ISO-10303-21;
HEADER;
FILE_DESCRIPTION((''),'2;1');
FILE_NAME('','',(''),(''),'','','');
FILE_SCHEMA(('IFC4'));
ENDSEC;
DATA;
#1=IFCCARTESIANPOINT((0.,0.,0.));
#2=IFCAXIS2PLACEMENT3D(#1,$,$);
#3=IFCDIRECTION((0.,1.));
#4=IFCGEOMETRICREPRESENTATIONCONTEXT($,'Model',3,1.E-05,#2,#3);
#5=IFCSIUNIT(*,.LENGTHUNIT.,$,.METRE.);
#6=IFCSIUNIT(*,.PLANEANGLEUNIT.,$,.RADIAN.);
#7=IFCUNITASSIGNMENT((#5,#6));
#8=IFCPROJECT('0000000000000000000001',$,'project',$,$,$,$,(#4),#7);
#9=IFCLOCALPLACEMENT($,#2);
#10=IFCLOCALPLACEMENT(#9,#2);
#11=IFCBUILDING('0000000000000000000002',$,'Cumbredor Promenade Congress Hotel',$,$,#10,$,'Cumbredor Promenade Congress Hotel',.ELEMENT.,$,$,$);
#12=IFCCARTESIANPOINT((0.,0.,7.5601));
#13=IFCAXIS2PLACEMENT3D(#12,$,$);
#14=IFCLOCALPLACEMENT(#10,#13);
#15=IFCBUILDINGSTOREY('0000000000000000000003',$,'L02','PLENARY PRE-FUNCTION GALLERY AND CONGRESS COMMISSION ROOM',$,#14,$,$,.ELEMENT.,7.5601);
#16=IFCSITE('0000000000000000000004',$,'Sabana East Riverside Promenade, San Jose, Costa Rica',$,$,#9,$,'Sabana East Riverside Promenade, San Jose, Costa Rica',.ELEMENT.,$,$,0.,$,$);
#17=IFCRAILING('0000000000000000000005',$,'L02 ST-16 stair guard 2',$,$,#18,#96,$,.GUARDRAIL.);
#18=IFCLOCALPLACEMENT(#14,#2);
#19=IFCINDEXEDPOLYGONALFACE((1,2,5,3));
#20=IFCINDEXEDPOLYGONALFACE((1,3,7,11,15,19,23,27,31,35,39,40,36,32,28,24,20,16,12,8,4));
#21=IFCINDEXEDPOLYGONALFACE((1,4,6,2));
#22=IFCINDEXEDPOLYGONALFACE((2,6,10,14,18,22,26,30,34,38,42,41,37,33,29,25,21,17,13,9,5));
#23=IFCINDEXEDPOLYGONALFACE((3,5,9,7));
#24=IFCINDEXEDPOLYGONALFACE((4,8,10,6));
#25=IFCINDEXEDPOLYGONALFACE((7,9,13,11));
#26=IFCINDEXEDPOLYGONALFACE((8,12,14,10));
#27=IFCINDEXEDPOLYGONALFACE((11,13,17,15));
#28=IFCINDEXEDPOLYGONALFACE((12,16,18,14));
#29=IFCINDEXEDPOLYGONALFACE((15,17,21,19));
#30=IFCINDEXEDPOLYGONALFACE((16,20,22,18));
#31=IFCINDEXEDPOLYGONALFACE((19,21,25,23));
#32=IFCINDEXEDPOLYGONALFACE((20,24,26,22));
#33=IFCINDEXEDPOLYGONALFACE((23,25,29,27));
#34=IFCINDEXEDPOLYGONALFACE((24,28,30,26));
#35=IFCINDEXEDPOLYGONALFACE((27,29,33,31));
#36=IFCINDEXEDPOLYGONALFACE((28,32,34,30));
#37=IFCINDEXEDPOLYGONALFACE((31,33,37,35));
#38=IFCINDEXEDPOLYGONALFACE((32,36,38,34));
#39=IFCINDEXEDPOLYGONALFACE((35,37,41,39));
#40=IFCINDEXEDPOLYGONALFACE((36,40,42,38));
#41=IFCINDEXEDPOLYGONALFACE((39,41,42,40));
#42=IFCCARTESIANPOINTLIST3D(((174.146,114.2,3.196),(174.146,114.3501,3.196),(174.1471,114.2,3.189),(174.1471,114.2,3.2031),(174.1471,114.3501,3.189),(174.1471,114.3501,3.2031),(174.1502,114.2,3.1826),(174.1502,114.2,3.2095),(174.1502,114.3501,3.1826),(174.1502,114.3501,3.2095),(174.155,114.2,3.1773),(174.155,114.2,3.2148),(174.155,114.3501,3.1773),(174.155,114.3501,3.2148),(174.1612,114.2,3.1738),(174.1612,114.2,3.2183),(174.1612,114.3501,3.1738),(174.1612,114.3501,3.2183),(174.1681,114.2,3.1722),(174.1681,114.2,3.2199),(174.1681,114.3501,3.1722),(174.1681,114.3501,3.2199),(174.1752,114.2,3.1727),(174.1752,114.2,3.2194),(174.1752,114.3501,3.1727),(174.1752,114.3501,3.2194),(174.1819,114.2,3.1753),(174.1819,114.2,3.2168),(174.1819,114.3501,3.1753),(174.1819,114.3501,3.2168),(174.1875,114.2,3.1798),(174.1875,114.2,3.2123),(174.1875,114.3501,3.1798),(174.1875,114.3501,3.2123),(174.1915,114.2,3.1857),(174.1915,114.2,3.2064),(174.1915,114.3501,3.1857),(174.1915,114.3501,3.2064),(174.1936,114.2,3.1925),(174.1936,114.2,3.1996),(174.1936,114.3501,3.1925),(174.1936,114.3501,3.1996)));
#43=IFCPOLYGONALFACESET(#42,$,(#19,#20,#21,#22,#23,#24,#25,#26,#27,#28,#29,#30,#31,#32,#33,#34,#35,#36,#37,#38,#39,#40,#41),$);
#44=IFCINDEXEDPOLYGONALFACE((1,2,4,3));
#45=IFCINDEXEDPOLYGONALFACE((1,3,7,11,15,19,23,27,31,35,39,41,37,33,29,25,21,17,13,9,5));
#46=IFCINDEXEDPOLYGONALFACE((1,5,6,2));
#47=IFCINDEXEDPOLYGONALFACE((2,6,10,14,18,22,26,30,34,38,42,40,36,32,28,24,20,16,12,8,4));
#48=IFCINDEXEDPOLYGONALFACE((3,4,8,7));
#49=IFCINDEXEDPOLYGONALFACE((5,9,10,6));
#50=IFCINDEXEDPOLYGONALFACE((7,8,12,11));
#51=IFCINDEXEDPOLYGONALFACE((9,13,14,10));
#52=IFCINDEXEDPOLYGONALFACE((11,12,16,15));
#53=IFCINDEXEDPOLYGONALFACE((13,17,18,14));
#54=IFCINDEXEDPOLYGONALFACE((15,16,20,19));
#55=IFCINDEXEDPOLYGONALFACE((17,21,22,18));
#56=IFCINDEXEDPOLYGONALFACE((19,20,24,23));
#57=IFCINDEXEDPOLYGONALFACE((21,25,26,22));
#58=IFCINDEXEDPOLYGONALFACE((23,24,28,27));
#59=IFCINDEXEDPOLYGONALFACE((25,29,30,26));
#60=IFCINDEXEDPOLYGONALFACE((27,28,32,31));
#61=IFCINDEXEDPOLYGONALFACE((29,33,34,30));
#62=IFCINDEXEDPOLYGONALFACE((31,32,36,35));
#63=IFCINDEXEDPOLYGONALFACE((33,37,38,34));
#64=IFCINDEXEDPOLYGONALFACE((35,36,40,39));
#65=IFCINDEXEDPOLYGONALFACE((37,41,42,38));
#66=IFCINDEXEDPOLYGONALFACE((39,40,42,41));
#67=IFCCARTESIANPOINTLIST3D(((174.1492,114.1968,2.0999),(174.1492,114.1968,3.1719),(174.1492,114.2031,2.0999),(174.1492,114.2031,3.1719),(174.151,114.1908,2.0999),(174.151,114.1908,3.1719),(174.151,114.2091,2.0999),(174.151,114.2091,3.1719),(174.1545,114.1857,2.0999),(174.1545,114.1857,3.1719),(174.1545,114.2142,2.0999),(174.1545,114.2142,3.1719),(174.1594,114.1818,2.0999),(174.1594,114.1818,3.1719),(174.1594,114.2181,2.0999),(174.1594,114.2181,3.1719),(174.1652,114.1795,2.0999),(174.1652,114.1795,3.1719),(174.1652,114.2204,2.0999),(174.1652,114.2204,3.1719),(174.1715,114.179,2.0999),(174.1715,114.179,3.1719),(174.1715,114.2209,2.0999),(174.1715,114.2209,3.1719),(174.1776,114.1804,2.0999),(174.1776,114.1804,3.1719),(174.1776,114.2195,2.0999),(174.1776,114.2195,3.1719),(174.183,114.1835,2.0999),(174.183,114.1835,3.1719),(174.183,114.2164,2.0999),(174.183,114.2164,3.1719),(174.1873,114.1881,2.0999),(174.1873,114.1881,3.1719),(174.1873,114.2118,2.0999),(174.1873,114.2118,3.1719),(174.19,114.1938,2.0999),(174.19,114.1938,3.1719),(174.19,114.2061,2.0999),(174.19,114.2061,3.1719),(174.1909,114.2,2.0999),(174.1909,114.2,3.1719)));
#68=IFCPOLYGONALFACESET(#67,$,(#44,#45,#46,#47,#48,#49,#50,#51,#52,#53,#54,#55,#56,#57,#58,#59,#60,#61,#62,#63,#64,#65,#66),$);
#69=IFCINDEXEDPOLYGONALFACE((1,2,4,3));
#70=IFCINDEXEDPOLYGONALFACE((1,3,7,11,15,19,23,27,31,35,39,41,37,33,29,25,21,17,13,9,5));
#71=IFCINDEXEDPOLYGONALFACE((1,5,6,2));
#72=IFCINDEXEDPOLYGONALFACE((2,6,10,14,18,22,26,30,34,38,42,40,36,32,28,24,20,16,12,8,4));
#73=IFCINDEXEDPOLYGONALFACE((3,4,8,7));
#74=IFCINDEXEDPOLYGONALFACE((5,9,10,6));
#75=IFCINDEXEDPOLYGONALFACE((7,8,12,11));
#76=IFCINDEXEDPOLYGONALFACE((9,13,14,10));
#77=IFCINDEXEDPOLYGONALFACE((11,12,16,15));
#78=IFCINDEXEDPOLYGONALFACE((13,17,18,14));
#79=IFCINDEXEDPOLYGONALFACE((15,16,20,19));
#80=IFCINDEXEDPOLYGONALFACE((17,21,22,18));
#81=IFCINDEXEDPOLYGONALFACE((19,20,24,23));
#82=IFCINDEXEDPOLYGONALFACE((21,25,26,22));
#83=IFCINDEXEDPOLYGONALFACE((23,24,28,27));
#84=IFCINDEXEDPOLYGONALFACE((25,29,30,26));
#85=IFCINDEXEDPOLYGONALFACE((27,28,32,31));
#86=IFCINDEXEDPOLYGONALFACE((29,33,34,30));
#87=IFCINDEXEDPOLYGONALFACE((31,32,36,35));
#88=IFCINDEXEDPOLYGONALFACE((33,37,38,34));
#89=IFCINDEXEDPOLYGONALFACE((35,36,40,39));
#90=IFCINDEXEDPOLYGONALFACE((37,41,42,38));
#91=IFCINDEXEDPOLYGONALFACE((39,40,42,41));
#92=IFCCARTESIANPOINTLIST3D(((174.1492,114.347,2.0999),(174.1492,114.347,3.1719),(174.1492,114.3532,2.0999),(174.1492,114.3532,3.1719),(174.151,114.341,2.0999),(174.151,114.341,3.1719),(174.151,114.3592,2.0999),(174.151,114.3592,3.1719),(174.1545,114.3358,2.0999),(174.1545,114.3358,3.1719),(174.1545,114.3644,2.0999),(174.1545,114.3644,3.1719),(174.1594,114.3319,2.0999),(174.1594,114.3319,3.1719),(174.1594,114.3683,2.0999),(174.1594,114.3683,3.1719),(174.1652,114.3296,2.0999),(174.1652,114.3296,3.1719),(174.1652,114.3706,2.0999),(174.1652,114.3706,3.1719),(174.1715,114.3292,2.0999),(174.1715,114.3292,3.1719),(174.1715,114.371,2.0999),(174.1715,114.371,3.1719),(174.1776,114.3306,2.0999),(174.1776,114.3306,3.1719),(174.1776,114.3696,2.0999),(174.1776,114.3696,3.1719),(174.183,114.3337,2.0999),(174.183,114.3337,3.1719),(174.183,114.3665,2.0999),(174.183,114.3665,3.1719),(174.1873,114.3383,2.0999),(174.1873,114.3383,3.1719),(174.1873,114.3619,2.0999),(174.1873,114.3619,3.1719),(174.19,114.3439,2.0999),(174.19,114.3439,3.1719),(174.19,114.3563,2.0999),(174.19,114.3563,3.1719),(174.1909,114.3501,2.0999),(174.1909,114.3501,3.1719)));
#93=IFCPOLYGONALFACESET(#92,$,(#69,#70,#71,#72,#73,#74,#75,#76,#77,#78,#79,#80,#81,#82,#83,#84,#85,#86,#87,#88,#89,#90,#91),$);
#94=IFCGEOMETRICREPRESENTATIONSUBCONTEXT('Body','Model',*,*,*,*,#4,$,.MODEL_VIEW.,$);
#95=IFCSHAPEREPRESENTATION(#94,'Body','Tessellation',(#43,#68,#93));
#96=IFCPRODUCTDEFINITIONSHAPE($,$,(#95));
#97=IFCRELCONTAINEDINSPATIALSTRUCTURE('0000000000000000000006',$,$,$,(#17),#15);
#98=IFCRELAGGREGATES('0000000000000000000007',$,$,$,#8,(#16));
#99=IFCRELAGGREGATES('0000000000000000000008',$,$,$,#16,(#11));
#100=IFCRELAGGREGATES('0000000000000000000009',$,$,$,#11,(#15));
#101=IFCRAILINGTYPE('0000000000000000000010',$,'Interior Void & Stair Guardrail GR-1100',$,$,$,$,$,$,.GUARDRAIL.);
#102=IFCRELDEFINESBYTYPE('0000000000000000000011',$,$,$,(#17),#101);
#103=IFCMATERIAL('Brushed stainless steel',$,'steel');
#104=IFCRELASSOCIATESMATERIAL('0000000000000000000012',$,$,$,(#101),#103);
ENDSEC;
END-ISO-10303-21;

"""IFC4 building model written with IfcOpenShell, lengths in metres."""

from ifc_helpers import new_model, si_unit, direction, frame, origin, origin_2d, place, context, subcontext, project, spatial, circle, extrude, material, type_object, element, save


model = new_model("IFC4")

# Units and contexts
model_context = context("Model", 3, precision=1e-05, world=origin(), true_north=direction((0.0, 1.0)))
body_context = subcontext(model_context, "Body", "Model", "MODEL_VIEW")
ifc_project = project(units=[si_unit("LENGTHUNIT", "METRE"), si_unit("PLANEANGLEUNIT", "RADIAN")], contexts=[model_context])

# Site, building, storey
site_placement = place(None, origin())
site = spatial("IfcSite", under=ifc_project, at=site_placement, Name="Sabana East Riverside Promenade, San Jose, Costa Rica", LongName="Sabana East Riverside Promenade, San Jose, Costa Rica", CompositionType="ELEMENT", RefElevation=0.0)
building_placement = place(site_placement, origin())
building = spatial("IfcBuilding", under=site, at=building_placement, Name="Cumbredor Promenade Congress Hotel", LongName="Cumbredor Promenade Congress Hotel", CompositionType="ELEMENT")
storey_placement = place(building_placement, frame((0.0, 0.0, 7.5601)))
storey = spatial("IfcBuildingStorey", under=building, at=storey_placement, Name="L02", Description="PLENARY PRE-FUNCTION GALLERY AND CONGRESS COMMISSION ROOM", CompositionType="ELEMENT", Elevation=7.5601)

# Railing
ifc_material_1 = material(Name="Brushed stainless steel", Category="steel")
railing_type_1 = type_object("IfcRailingType", Name="Interior Void & Stair Guardrail GR-1100", PredefinedType="GUARDRAIL", material=ifc_material_1)
railing_1_placement = place(storey_placement, frame((174.1699, 114.2, 2.0999)))
element("IfcRailing", 1, at=railing_1_placement, inside=storey, type_object=railing_type_1, Name="L02 ST-16 stair guard 2", PredefinedType="GUARDRAIL", context=body_context, shape_type="SweptSolid", body=[
    extrude(circle(Radius=0.0239, at=origin_2d()), frame((0.0, 0.0, 1.0962), z_axis=(0.0, 1.0, 0.0), x_axis=(-1.0, 0.0, 0.0)), (0.0, 0.0, 1.0), 0.1501),
    extrude(circle(Radius=0.021, at=origin_2d()), origin(), (0.0, 0.0, 1.0), 1.072),
    extrude(circle(Radius=0.021, at=origin_2d()), frame((0.0, 0.1501, 0.0)), (0.0, 0.0, 1.0), 1.072),
])

save(model, "model.ifc")
